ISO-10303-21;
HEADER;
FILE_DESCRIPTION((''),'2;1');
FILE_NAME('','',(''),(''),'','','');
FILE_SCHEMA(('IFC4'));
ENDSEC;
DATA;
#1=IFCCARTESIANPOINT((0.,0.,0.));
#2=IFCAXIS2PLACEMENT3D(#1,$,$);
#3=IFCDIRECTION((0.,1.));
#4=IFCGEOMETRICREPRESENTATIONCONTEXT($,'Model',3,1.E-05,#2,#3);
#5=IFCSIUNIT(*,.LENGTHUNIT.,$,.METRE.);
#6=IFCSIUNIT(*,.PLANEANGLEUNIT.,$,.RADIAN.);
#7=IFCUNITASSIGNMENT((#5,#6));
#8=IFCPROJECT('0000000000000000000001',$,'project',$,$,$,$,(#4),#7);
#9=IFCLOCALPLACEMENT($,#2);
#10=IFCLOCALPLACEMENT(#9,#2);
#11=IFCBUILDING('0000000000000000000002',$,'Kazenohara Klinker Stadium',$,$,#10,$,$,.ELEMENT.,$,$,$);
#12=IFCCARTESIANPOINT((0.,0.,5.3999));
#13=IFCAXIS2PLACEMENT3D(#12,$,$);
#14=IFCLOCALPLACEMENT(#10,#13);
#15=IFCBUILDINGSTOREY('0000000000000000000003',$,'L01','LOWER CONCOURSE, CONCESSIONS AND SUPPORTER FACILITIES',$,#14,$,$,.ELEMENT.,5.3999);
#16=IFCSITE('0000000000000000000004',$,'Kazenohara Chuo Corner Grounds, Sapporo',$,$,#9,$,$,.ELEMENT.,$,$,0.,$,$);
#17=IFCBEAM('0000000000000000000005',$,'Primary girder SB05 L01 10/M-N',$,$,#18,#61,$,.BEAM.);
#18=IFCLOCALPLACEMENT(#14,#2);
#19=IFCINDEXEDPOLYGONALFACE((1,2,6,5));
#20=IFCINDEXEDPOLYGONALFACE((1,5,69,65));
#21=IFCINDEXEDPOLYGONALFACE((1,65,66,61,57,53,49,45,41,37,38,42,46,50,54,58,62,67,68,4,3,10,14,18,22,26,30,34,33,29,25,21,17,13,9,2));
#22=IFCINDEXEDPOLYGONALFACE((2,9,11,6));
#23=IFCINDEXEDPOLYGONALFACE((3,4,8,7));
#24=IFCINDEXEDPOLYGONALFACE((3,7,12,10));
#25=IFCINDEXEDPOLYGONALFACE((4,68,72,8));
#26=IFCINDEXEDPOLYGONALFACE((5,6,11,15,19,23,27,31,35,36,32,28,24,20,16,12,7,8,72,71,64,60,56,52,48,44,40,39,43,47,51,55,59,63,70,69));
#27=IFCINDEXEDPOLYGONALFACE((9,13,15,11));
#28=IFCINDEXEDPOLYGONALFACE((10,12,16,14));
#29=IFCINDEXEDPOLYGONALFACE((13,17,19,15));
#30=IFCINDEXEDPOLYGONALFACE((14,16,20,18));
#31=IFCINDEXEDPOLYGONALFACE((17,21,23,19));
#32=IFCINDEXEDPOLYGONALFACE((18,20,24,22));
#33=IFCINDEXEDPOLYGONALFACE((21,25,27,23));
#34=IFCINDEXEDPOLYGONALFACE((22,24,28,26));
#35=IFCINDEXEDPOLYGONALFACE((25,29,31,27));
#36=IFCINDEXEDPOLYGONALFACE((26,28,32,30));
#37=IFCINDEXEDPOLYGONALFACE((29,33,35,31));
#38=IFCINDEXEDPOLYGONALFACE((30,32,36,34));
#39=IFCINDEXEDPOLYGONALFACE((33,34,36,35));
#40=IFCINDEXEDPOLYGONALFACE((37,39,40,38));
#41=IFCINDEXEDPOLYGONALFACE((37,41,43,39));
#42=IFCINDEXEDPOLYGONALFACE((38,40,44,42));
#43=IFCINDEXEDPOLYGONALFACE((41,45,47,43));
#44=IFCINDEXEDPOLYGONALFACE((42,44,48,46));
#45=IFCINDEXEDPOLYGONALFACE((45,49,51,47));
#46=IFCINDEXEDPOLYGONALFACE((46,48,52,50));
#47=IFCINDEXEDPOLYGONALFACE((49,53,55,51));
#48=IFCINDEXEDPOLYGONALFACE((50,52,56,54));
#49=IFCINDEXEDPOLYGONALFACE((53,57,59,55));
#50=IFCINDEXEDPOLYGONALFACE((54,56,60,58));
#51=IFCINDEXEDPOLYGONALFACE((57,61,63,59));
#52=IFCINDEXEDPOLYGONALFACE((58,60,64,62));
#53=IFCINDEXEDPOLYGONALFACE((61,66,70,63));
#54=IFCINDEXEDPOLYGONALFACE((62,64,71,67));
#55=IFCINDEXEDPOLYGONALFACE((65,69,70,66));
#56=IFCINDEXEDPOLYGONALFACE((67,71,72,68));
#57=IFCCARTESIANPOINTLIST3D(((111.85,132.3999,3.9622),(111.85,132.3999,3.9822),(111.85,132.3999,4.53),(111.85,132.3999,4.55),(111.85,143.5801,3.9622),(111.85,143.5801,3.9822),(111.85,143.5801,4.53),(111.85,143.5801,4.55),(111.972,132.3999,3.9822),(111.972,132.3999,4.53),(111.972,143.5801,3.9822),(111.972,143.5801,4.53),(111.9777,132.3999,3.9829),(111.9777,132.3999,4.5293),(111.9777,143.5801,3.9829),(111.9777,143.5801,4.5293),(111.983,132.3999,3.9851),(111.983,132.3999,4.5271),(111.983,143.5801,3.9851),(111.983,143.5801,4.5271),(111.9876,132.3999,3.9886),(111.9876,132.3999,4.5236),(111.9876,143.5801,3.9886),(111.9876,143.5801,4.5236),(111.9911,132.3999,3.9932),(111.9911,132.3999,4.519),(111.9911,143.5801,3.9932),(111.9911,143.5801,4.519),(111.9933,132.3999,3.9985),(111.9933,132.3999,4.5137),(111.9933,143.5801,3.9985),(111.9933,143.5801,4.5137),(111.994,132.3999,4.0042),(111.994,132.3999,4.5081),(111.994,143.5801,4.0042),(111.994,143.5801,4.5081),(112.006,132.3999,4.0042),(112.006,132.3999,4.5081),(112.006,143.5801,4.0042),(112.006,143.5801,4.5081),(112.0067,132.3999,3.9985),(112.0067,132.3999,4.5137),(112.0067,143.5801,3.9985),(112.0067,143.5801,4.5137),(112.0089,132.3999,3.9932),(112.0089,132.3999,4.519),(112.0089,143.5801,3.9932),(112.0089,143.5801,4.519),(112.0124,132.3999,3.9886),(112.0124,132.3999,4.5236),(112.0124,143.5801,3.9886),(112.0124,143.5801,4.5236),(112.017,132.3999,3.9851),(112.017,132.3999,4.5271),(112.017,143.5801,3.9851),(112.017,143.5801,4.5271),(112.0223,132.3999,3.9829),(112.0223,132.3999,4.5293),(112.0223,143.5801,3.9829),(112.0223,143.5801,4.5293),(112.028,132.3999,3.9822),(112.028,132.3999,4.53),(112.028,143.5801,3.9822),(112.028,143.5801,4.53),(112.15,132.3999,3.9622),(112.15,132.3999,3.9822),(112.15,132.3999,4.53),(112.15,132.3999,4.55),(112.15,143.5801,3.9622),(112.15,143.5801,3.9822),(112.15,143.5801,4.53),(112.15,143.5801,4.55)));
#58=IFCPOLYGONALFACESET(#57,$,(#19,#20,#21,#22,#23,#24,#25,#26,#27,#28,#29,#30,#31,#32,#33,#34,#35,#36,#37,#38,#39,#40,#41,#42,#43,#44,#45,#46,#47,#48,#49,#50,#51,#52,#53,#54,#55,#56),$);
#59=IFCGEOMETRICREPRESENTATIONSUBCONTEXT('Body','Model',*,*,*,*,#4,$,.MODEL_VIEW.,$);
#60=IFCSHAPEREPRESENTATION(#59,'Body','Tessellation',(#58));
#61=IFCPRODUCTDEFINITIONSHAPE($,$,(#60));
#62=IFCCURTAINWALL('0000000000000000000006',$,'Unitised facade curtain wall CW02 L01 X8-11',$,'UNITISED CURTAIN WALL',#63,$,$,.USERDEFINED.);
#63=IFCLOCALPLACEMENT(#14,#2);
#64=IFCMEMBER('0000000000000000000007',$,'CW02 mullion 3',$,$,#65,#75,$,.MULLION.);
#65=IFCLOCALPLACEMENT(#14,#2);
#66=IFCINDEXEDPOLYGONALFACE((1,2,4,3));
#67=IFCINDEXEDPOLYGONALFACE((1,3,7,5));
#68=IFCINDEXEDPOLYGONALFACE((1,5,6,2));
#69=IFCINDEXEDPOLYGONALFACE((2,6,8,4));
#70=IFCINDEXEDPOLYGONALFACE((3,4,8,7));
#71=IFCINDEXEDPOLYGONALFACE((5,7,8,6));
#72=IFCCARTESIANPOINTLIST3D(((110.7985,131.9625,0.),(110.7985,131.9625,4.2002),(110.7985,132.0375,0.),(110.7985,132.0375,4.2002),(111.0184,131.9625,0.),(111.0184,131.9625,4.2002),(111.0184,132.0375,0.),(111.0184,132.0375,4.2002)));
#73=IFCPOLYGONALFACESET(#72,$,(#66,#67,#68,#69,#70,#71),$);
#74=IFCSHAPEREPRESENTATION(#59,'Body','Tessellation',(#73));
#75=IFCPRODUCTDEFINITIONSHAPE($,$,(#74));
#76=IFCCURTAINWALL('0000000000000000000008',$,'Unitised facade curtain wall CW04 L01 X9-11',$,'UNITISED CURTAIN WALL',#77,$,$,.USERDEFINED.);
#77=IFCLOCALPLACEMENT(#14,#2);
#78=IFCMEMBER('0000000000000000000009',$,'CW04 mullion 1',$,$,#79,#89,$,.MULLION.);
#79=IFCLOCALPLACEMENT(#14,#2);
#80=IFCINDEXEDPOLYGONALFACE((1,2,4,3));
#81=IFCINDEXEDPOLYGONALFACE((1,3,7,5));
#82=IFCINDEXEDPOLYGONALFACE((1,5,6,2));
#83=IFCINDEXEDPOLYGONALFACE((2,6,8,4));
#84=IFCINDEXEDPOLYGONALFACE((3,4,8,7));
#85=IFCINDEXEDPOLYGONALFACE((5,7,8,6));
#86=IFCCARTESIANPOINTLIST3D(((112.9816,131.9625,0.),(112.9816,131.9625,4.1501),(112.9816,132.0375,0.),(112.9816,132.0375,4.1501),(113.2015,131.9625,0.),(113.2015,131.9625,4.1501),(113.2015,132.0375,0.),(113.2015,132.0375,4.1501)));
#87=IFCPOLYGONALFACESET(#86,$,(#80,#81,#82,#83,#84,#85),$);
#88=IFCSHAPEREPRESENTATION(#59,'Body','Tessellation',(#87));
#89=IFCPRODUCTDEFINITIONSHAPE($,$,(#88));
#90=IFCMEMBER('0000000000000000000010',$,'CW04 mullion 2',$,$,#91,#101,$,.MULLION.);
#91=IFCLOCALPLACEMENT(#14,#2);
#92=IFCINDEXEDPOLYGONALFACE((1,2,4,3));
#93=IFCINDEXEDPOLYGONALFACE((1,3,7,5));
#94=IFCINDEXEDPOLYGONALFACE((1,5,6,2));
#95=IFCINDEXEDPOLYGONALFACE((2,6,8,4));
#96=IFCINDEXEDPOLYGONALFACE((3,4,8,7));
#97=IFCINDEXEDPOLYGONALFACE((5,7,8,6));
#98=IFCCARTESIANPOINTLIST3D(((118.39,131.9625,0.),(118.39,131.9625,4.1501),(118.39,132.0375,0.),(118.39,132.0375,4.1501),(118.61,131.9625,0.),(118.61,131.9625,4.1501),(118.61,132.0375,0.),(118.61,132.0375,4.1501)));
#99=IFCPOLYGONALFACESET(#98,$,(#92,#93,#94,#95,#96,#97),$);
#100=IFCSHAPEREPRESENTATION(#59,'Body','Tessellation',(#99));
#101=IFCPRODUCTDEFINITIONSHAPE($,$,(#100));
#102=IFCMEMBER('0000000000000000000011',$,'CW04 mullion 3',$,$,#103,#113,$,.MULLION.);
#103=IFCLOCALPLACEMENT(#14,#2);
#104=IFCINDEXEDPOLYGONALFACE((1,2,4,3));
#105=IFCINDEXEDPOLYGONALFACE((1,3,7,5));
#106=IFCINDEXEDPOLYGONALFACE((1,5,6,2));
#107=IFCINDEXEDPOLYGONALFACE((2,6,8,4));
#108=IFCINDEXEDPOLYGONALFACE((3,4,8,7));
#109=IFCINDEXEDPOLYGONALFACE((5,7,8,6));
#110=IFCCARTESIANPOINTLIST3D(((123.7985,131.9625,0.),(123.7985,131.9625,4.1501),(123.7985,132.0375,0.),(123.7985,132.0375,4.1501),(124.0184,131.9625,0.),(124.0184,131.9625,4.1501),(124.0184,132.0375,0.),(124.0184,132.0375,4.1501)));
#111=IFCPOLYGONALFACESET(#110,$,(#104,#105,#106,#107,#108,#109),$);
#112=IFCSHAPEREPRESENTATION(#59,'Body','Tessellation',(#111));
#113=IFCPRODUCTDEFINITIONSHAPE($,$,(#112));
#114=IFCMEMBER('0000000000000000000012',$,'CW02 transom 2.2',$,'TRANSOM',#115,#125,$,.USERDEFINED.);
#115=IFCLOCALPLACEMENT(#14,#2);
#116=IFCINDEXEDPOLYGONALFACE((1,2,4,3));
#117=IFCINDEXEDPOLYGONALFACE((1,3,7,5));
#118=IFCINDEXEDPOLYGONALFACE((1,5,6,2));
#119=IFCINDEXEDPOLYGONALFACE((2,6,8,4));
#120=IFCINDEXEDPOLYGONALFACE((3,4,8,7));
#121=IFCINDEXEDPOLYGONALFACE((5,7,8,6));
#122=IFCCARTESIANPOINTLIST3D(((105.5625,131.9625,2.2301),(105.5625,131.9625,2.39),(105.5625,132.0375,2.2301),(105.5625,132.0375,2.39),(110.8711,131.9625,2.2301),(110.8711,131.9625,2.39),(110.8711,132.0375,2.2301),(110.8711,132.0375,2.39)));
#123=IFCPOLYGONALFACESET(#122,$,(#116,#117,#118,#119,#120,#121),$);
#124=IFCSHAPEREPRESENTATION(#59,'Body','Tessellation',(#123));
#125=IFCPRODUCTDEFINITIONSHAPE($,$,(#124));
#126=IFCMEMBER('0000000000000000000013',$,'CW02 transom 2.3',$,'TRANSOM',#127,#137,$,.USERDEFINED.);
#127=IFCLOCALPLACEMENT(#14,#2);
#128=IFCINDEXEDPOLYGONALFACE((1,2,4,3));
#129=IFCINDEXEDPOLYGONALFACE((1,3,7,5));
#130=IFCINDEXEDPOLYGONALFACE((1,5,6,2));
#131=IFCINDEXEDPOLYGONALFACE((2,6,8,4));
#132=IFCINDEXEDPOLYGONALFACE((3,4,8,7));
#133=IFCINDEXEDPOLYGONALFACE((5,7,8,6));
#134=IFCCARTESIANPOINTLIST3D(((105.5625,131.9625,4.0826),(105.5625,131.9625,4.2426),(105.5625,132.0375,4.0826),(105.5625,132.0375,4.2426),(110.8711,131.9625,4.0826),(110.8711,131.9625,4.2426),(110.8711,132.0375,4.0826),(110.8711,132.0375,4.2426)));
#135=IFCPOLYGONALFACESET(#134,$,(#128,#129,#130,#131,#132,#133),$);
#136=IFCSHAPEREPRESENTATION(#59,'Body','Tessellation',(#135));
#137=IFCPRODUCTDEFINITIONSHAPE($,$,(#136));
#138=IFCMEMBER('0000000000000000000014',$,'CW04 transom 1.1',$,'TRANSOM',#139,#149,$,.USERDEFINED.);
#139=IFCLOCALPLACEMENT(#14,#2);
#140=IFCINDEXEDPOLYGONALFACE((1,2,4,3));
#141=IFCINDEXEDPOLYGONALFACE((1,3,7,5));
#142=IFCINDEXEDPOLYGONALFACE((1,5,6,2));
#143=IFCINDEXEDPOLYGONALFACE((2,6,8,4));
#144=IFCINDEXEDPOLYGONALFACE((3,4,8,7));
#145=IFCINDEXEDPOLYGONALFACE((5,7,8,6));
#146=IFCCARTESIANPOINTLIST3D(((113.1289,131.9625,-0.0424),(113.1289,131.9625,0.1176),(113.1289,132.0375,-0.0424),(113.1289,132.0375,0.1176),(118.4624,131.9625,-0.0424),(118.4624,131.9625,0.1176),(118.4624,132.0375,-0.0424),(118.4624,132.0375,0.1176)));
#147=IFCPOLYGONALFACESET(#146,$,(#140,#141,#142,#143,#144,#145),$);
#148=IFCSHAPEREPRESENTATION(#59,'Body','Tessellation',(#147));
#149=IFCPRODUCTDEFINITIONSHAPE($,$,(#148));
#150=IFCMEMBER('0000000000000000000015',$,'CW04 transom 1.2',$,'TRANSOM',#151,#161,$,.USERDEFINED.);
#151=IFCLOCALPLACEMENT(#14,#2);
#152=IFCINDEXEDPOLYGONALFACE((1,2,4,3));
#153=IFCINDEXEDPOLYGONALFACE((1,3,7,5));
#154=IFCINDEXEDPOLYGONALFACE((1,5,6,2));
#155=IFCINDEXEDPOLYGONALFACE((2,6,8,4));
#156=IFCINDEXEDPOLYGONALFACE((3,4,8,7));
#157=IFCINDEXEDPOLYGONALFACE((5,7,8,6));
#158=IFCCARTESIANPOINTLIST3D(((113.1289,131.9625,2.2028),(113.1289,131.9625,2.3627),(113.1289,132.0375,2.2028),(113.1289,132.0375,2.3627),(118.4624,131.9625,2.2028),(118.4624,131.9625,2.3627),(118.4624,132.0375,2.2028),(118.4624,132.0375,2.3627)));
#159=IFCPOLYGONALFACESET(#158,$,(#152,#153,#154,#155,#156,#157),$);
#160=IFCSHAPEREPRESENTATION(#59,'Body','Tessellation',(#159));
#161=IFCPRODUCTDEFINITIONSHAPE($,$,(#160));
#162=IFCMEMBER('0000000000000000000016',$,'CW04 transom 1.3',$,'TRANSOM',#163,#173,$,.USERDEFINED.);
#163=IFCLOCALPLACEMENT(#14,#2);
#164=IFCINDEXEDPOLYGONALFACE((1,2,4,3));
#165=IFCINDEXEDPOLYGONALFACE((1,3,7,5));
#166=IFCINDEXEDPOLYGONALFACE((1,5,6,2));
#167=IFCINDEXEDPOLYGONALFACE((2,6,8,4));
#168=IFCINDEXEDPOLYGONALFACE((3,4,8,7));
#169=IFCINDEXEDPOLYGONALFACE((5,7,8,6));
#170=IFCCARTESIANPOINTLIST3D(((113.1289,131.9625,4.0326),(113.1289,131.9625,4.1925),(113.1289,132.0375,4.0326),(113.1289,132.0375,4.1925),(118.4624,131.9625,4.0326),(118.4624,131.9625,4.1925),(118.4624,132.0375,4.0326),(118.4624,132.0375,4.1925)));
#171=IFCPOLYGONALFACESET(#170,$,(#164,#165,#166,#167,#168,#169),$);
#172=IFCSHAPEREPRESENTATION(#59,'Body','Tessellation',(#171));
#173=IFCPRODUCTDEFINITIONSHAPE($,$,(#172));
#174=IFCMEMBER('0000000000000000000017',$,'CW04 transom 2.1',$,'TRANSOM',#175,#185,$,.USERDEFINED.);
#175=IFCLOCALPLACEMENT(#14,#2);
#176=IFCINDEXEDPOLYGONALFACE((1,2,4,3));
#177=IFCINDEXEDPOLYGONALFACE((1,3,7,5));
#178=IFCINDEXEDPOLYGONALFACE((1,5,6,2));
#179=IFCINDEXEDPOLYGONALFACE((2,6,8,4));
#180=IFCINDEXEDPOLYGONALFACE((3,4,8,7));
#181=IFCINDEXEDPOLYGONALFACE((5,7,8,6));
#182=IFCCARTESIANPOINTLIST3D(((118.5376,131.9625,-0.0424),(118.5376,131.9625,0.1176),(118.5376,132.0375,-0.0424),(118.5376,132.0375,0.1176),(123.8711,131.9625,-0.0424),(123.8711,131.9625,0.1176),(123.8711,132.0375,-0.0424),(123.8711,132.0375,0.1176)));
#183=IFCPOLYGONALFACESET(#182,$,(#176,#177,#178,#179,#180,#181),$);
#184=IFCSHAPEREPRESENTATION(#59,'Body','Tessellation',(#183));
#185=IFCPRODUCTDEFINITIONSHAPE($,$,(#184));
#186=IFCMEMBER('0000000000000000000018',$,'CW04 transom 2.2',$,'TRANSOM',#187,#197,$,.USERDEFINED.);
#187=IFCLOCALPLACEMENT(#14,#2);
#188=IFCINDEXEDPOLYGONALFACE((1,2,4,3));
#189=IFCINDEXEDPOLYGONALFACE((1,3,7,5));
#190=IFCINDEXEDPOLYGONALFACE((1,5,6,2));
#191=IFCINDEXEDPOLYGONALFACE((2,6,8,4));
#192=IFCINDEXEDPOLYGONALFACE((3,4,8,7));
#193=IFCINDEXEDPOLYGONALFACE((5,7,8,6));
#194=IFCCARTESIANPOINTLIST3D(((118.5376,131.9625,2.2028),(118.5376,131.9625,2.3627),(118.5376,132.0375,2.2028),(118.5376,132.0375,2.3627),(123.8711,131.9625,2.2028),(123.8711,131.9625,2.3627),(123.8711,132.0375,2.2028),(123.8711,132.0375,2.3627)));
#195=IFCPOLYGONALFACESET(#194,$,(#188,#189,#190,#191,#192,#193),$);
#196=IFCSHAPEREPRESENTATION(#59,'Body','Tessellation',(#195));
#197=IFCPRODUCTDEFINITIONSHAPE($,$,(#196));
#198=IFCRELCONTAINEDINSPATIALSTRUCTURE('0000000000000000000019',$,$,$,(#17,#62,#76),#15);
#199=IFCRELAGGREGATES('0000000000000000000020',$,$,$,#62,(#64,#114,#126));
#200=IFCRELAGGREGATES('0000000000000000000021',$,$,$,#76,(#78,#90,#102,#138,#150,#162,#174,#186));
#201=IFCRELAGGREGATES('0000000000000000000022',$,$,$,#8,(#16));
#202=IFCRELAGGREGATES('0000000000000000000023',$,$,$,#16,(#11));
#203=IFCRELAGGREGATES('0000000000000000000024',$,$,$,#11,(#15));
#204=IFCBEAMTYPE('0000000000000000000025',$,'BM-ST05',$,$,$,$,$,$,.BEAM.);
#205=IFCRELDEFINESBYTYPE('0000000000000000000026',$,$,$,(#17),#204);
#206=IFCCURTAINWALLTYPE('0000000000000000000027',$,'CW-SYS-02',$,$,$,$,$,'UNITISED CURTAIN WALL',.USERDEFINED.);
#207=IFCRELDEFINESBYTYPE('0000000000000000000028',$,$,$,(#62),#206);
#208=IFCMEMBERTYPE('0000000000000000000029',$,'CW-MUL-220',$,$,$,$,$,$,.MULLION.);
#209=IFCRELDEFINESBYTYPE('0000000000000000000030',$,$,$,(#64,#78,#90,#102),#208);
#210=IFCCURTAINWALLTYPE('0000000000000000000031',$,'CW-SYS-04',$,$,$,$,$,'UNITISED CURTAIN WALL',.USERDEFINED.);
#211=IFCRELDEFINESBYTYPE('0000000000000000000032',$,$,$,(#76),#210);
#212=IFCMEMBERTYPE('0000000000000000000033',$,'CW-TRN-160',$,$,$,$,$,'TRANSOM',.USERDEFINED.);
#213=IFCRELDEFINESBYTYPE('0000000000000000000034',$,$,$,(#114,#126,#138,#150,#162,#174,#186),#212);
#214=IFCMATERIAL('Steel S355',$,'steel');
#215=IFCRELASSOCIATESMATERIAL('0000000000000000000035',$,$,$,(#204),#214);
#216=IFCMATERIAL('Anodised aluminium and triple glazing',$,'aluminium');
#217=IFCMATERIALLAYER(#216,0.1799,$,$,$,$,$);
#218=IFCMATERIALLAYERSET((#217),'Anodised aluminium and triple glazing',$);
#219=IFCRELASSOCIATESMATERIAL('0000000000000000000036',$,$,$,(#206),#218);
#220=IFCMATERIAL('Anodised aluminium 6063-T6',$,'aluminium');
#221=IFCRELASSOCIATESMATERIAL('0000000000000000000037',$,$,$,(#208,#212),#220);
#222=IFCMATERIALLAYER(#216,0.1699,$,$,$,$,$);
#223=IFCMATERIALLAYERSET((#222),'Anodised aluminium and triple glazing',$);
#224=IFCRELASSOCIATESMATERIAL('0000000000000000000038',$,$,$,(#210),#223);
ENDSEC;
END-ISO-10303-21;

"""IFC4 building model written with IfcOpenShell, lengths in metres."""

from ifc_helpers import new_model, si_unit, direction, frame, origin, origin_2d, place, context, subcontext, project, spatial, rectangle, i_section, extrude, material, layer, layer_set, material_profile, profile_set, type_object, element, aggregate, save


model = new_model("IFC4")

# Units and contexts
model_context = context("Model", 3, precision=1e-05, world=origin(), true_north=direction((0.0, 1.0)))
body_context = subcontext(model_context, "Body", "Model", "MODEL_VIEW")
ifc_project = project(units=[si_unit("LENGTHUNIT", "METRE"), si_unit("PLANEANGLEUNIT", "RADIAN")], contexts=[model_context])

# Site, building, storey
site_placement = place(None, origin())
site = spatial("IfcSite", under=ifc_project, at=site_placement, Name="Kazenohara Chuo Corner Grounds, Sapporo", CompositionType="ELEMENT", RefElevation=0.0)
building_placement = place(site_placement, origin())
building = spatial("IfcBuilding", under=site, at=building_placement, Name="Kazenohara Klinker Stadium", CompositionType="ELEMENT")
storey_placement = place(building_placement, frame((0.0, 0.0, 5.3999)))
storey = spatial("IfcBuildingStorey", under=building, at=storey_placement, Name="L01", Description="LOWER CONCOURSE, CONCESSIONS AND SUPPORTER FACILITIES", CompositionType="ELEMENT", Elevation=5.3999)

# Beam
ifc_material_1 = material(Name="Steel S355", Category="steel")
ifc_material_profile_1 = material_profile(ifc_material_1, i_section(OverallWidth=0.3, OverallDepth=0.5879, WebThickness=0.012, FlangeThickness=0.02, FilletRadius=0.022, at=origin_2d()), Name="H-588x300x12x20")
ifc_profile_set_1 = profile_set([ifc_material_profile_1], Name="Steel S355")
beam_type_1 = type_object("IfcBeamType", Name="BM-ST05", PredefinedType="BEAM", material=ifc_profile_set_1)
beam_1_placement = place(storey_placement, frame((112.0, 132.3999, 4.2561), z_axis=(0.0, 1.0, 0.0), x_axis=(-1.0, 0.0, 0.0)))
element("IfcBeam", 1, at=beam_1_placement, inside=storey, type_object=beam_type_1, Name="Primary girder SB05 L01 10/M-N", PredefinedType="BEAM", context=body_context, shape_type="SweptSolid", body=[
    extrude(i_section(OverallWidth=0.3, OverallDepth=0.5879, WebThickness=0.012, FlangeThickness=0.02, FilletRadius=0.022, at=origin_2d()), origin(), (0.0, 0.0, 1.0), 11.1802),
])

# Curtain wall, member
ifc_material_2 = material(Name="Anodised aluminium and triple glazing", Category="aluminium")
ifc_layer_1 = layer(ifc_material_2, 0.1799)
ifc_layer_set_1 = layer_set([ifc_layer_1], Name="Anodised aluminium and triple glazing")
curtain_wall_type_1 = type_object("IfcCurtainWallType", Name="CW-SYS-02", ElementType="UNITISED CURTAIN WALL", PredefinedType="USERDEFINED", material=ifc_layer_set_1)
curtain_wall_1_placement = place(storey_placement, origin())
curtain_wall_1 = element("IfcCurtainWall", 2, at=curtain_wall_1_placement, inside=storey, type_object=curtain_wall_type_1, Name="Unitised facade curtain wall CW02 L01 X8-11", ObjectType="UNITISED CURTAIN WALL", PredefinedType="USERDEFINED")
ifc_material_3 = material(Name="Anodised aluminium 6063-T6", Category="aluminium")
ifc_material_profile_2 = material_profile(ifc_material_3, rectangle(XDim=0.075, YDim=0.22, at=origin_2d()), Name="ALU-MUL-75x220")
ifc_profile_set_2 = profile_set([ifc_material_profile_2], Name="Anodised aluminium 6063-T6")
member_type_1 = type_object("IfcMemberType", Name="CW-MUL-220", PredefinedType="MULLION", material=ifc_profile_set_2)
member_1_placement = place(storey_placement, frame((110.9084, 132.0, 0.0), z_axis=(0.0, 0.0, 1.0), x_axis=(0.0, 1.0, 0.0)))
member_1 = element("IfcMember", 3, at=member_1_placement, type_object=member_type_1, Name="CW02 mullion 3", PredefinedType="MULLION", context=body_context, shape_type="SweptSolid", body=[
    extrude(rectangle(XDim=0.075, YDim=0.22, at=origin_2d()), origin(), (0.0, 0.0, 1.0), 4.2002),
])

# Curtain wall, members
ifc_layer_2 = layer(ifc_material_2, 0.1699)
ifc_layer_set_2 = layer_set([ifc_layer_2], Name="Anodised aluminium and triple glazing")
curtain_wall_type_2 = type_object("IfcCurtainWallType", Name="CW-SYS-04", ElementType="UNITISED CURTAIN WALL", PredefinedType="USERDEFINED", material=ifc_layer_set_2)
curtain_wall_2_placement = place(storey_placement, origin())
curtain_wall_2 = element("IfcCurtainWall", 4, at=curtain_wall_2_placement, inside=storey, type_object=curtain_wall_type_2, Name="Unitised facade curtain wall CW04 L01 X9-11", ObjectType="UNITISED CURTAIN WALL", PredefinedType="USERDEFINED")
member_2_placement = place(storey_placement, frame((113.0916, 132.0, 0.0), z_axis=(0.0, 0.0, 1.0), x_axis=(0.0, 1.0, 0.0)))
member_2 = element("IfcMember", 5, at=member_2_placement, type_object=member_type_1, Name="CW04 mullion 1", PredefinedType="MULLION", context=body_context, shape_type="SweptSolid", body=[
    extrude(rectangle(XDim=0.075, YDim=0.22, at=origin_2d()), origin(), (0.0, 0.0, 1.0), 4.1501),
])
member_3_placement = place(storey_placement, frame((118.5, 132.0, 0.0), z_axis=(0.0, 0.0, 1.0), x_axis=(0.0, 1.0, 0.0)))
member_3 = element("IfcMember", 6, at=member_3_placement, type_object=member_type_1, Name="CW04 mullion 2", PredefinedType="MULLION", context=body_context, shape_type="SweptSolid", body=[
    extrude(rectangle(XDim=0.075, YDim=0.22, at=origin_2d()), origin(), (0.0, 0.0, 1.0), 4.1501),
])
member_4_placement = place(storey_placement, frame((123.9084, 132.0, 0.0), z_axis=(0.0, 0.0, 1.0), x_axis=(0.0, 1.0, 0.0)))
member_4 = element("IfcMember", 7, at=member_4_placement, type_object=member_type_1, Name="CW04 mullion 3", PredefinedType="MULLION", context=body_context, shape_type="SweptSolid", body=[
    extrude(rectangle(XDim=0.075, YDim=0.22, at=origin_2d()), origin(), (0.0, 0.0, 1.0), 4.1501),
])

# Members
ifc_material_profile_3 = material_profile(ifc_material_3, rectangle(XDim=0.075, YDim=0.1599, at=origin_2d()), Name="ALU-TRN-75x160")
ifc_profile_set_3 = profile_set([ifc_material_profile_3], Name="Anodised aluminium 6063-T6")
member_type_2 = type_object("IfcMemberType", Name="CW-TRN-160", ElementType="TRANSOM", PredefinedType="USERDEFINED", material=ifc_profile_set_3)
member_5_placement = place(storey_placement, frame((105.5625, 132.0, 2.3101), z_axis=(1.0, 0.0, 0.0), x_axis=(0.0, 1.0, 0.0)))
member_5 = element("IfcMember", 8, at=member_5_placement, type_object=member_type_2, Name="CW02 transom 2.2", ObjectType="TRANSOM", PredefinedType="USERDEFINED", context=body_context, shape_type="SweptSolid", body=[
    extrude(rectangle(XDim=0.075, YDim=0.1599, at=origin_2d()), origin(), (0.0, 0.0, 1.0), 5.3086),
])
member_6_placement = place(storey_placement, frame((105.5625, 132.0, 4.1626), z_axis=(1.0, 0.0, 0.0), x_axis=(0.0, 1.0, 0.0)))
member_6 = element("IfcMember", 9, at=member_6_placement, type_object=member_type_2, Name="CW02 transom 2.3", ObjectType="TRANSOM", PredefinedType="USERDEFINED", context=body_context, shape_type="SweptSolid", body=[
    extrude(rectangle(XDim=0.075, YDim=0.1599, at=origin_2d()), origin(), (0.0, 0.0, 1.0), 5.3086),
])
member_7_placement = place(storey_placement, frame((113.1289, 132.0, 0.0376), z_axis=(1.0, 0.0, 0.0), x_axis=(0.0, 1.0, 0.0)))
member_7 = element("IfcMember", 10, at=member_7_placement, type_object=member_type_2, Name="CW04 transom 1.1", ObjectType="TRANSOM", PredefinedType="USERDEFINED", context=body_context, shape_type="SweptSolid", body=[
    extrude(rectangle(XDim=0.075, YDim=0.1599, at=origin_2d()), origin(), (0.0, 0.0, 1.0), 5.3335),
])
member_8_placement = place(storey_placement, frame((113.1289, 132.0, 2.2827), z_axis=(1.0, 0.0, 0.0), x_axis=(0.0, 1.0, 0.0)))
member_8 = element("IfcMember", 11, at=member_8_placement, type_object=member_type_2, Name="CW04 transom 1.2", ObjectType="TRANSOM", PredefinedType="USERDEFINED", context=body_context, shape_type="SweptSolid", body=[
    extrude(rectangle(XDim=0.075, YDim=0.1599, at=origin_2d()), origin(), (0.0, 0.0, 1.0), 5.3335),
])
member_9_placement = place(storey_placement, frame((113.1289, 132.0, 4.1125), z_axis=(1.0, 0.0, 0.0), x_axis=(0.0, 1.0, 0.0)))
member_9 = element("IfcMember", 12, at=member_9_placement, type_object=member_type_2, Name="CW04 transom 1.3", ObjectType="TRANSOM", PredefinedType="USERDEFINED", context=body_context, shape_type="SweptSolid", body=[
    extrude(rectangle(XDim=0.075, YDim=0.1599, at=origin_2d()), origin(), (0.0, 0.0, 1.0), 5.3335),
])
member_10_placement = place(storey_placement, frame((118.5376, 132.0, 0.0376), z_axis=(1.0, 0.0, 0.0), x_axis=(0.0, 1.0, 0.0)))
member_10 = element("IfcMember", 13, at=member_10_placement, type_object=member_type_2, Name="CW04 transom 2.1", ObjectType="TRANSOM", PredefinedType="USERDEFINED", context=body_context, shape_type="SweptSolid", body=[
    extrude(rectangle(XDim=0.075, YDim=0.1599, at=origin_2d()), origin(), (0.0, 0.0, 1.0), 5.3335),
])
member_11_placement = place(storey_placement, frame((118.5376, 132.0, 2.2827), z_axis=(1.0, 0.0, 0.0), x_axis=(0.0, 1.0, 0.0)))
member_11 = element("IfcMember", 14, at=member_11_placement, type_object=member_type_2, Name="CW04 transom 2.2", ObjectType="TRANSOM", PredefinedType="USERDEFINED", context=body_context, shape_type="SweptSolid", body=[
    extrude(rectangle(XDim=0.075, YDim=0.1599, at=origin_2d()), origin(), (0.0, 0.0, 1.0), 5.3335),
])

aggregate(curtain_wall_1, [member_1, member_5, member_6])
aggregate(curtain_wall_2, [member_2, member_3, member_4, member_7, member_8, member_9, member_10, member_11])

save(model, "model.ifc")
